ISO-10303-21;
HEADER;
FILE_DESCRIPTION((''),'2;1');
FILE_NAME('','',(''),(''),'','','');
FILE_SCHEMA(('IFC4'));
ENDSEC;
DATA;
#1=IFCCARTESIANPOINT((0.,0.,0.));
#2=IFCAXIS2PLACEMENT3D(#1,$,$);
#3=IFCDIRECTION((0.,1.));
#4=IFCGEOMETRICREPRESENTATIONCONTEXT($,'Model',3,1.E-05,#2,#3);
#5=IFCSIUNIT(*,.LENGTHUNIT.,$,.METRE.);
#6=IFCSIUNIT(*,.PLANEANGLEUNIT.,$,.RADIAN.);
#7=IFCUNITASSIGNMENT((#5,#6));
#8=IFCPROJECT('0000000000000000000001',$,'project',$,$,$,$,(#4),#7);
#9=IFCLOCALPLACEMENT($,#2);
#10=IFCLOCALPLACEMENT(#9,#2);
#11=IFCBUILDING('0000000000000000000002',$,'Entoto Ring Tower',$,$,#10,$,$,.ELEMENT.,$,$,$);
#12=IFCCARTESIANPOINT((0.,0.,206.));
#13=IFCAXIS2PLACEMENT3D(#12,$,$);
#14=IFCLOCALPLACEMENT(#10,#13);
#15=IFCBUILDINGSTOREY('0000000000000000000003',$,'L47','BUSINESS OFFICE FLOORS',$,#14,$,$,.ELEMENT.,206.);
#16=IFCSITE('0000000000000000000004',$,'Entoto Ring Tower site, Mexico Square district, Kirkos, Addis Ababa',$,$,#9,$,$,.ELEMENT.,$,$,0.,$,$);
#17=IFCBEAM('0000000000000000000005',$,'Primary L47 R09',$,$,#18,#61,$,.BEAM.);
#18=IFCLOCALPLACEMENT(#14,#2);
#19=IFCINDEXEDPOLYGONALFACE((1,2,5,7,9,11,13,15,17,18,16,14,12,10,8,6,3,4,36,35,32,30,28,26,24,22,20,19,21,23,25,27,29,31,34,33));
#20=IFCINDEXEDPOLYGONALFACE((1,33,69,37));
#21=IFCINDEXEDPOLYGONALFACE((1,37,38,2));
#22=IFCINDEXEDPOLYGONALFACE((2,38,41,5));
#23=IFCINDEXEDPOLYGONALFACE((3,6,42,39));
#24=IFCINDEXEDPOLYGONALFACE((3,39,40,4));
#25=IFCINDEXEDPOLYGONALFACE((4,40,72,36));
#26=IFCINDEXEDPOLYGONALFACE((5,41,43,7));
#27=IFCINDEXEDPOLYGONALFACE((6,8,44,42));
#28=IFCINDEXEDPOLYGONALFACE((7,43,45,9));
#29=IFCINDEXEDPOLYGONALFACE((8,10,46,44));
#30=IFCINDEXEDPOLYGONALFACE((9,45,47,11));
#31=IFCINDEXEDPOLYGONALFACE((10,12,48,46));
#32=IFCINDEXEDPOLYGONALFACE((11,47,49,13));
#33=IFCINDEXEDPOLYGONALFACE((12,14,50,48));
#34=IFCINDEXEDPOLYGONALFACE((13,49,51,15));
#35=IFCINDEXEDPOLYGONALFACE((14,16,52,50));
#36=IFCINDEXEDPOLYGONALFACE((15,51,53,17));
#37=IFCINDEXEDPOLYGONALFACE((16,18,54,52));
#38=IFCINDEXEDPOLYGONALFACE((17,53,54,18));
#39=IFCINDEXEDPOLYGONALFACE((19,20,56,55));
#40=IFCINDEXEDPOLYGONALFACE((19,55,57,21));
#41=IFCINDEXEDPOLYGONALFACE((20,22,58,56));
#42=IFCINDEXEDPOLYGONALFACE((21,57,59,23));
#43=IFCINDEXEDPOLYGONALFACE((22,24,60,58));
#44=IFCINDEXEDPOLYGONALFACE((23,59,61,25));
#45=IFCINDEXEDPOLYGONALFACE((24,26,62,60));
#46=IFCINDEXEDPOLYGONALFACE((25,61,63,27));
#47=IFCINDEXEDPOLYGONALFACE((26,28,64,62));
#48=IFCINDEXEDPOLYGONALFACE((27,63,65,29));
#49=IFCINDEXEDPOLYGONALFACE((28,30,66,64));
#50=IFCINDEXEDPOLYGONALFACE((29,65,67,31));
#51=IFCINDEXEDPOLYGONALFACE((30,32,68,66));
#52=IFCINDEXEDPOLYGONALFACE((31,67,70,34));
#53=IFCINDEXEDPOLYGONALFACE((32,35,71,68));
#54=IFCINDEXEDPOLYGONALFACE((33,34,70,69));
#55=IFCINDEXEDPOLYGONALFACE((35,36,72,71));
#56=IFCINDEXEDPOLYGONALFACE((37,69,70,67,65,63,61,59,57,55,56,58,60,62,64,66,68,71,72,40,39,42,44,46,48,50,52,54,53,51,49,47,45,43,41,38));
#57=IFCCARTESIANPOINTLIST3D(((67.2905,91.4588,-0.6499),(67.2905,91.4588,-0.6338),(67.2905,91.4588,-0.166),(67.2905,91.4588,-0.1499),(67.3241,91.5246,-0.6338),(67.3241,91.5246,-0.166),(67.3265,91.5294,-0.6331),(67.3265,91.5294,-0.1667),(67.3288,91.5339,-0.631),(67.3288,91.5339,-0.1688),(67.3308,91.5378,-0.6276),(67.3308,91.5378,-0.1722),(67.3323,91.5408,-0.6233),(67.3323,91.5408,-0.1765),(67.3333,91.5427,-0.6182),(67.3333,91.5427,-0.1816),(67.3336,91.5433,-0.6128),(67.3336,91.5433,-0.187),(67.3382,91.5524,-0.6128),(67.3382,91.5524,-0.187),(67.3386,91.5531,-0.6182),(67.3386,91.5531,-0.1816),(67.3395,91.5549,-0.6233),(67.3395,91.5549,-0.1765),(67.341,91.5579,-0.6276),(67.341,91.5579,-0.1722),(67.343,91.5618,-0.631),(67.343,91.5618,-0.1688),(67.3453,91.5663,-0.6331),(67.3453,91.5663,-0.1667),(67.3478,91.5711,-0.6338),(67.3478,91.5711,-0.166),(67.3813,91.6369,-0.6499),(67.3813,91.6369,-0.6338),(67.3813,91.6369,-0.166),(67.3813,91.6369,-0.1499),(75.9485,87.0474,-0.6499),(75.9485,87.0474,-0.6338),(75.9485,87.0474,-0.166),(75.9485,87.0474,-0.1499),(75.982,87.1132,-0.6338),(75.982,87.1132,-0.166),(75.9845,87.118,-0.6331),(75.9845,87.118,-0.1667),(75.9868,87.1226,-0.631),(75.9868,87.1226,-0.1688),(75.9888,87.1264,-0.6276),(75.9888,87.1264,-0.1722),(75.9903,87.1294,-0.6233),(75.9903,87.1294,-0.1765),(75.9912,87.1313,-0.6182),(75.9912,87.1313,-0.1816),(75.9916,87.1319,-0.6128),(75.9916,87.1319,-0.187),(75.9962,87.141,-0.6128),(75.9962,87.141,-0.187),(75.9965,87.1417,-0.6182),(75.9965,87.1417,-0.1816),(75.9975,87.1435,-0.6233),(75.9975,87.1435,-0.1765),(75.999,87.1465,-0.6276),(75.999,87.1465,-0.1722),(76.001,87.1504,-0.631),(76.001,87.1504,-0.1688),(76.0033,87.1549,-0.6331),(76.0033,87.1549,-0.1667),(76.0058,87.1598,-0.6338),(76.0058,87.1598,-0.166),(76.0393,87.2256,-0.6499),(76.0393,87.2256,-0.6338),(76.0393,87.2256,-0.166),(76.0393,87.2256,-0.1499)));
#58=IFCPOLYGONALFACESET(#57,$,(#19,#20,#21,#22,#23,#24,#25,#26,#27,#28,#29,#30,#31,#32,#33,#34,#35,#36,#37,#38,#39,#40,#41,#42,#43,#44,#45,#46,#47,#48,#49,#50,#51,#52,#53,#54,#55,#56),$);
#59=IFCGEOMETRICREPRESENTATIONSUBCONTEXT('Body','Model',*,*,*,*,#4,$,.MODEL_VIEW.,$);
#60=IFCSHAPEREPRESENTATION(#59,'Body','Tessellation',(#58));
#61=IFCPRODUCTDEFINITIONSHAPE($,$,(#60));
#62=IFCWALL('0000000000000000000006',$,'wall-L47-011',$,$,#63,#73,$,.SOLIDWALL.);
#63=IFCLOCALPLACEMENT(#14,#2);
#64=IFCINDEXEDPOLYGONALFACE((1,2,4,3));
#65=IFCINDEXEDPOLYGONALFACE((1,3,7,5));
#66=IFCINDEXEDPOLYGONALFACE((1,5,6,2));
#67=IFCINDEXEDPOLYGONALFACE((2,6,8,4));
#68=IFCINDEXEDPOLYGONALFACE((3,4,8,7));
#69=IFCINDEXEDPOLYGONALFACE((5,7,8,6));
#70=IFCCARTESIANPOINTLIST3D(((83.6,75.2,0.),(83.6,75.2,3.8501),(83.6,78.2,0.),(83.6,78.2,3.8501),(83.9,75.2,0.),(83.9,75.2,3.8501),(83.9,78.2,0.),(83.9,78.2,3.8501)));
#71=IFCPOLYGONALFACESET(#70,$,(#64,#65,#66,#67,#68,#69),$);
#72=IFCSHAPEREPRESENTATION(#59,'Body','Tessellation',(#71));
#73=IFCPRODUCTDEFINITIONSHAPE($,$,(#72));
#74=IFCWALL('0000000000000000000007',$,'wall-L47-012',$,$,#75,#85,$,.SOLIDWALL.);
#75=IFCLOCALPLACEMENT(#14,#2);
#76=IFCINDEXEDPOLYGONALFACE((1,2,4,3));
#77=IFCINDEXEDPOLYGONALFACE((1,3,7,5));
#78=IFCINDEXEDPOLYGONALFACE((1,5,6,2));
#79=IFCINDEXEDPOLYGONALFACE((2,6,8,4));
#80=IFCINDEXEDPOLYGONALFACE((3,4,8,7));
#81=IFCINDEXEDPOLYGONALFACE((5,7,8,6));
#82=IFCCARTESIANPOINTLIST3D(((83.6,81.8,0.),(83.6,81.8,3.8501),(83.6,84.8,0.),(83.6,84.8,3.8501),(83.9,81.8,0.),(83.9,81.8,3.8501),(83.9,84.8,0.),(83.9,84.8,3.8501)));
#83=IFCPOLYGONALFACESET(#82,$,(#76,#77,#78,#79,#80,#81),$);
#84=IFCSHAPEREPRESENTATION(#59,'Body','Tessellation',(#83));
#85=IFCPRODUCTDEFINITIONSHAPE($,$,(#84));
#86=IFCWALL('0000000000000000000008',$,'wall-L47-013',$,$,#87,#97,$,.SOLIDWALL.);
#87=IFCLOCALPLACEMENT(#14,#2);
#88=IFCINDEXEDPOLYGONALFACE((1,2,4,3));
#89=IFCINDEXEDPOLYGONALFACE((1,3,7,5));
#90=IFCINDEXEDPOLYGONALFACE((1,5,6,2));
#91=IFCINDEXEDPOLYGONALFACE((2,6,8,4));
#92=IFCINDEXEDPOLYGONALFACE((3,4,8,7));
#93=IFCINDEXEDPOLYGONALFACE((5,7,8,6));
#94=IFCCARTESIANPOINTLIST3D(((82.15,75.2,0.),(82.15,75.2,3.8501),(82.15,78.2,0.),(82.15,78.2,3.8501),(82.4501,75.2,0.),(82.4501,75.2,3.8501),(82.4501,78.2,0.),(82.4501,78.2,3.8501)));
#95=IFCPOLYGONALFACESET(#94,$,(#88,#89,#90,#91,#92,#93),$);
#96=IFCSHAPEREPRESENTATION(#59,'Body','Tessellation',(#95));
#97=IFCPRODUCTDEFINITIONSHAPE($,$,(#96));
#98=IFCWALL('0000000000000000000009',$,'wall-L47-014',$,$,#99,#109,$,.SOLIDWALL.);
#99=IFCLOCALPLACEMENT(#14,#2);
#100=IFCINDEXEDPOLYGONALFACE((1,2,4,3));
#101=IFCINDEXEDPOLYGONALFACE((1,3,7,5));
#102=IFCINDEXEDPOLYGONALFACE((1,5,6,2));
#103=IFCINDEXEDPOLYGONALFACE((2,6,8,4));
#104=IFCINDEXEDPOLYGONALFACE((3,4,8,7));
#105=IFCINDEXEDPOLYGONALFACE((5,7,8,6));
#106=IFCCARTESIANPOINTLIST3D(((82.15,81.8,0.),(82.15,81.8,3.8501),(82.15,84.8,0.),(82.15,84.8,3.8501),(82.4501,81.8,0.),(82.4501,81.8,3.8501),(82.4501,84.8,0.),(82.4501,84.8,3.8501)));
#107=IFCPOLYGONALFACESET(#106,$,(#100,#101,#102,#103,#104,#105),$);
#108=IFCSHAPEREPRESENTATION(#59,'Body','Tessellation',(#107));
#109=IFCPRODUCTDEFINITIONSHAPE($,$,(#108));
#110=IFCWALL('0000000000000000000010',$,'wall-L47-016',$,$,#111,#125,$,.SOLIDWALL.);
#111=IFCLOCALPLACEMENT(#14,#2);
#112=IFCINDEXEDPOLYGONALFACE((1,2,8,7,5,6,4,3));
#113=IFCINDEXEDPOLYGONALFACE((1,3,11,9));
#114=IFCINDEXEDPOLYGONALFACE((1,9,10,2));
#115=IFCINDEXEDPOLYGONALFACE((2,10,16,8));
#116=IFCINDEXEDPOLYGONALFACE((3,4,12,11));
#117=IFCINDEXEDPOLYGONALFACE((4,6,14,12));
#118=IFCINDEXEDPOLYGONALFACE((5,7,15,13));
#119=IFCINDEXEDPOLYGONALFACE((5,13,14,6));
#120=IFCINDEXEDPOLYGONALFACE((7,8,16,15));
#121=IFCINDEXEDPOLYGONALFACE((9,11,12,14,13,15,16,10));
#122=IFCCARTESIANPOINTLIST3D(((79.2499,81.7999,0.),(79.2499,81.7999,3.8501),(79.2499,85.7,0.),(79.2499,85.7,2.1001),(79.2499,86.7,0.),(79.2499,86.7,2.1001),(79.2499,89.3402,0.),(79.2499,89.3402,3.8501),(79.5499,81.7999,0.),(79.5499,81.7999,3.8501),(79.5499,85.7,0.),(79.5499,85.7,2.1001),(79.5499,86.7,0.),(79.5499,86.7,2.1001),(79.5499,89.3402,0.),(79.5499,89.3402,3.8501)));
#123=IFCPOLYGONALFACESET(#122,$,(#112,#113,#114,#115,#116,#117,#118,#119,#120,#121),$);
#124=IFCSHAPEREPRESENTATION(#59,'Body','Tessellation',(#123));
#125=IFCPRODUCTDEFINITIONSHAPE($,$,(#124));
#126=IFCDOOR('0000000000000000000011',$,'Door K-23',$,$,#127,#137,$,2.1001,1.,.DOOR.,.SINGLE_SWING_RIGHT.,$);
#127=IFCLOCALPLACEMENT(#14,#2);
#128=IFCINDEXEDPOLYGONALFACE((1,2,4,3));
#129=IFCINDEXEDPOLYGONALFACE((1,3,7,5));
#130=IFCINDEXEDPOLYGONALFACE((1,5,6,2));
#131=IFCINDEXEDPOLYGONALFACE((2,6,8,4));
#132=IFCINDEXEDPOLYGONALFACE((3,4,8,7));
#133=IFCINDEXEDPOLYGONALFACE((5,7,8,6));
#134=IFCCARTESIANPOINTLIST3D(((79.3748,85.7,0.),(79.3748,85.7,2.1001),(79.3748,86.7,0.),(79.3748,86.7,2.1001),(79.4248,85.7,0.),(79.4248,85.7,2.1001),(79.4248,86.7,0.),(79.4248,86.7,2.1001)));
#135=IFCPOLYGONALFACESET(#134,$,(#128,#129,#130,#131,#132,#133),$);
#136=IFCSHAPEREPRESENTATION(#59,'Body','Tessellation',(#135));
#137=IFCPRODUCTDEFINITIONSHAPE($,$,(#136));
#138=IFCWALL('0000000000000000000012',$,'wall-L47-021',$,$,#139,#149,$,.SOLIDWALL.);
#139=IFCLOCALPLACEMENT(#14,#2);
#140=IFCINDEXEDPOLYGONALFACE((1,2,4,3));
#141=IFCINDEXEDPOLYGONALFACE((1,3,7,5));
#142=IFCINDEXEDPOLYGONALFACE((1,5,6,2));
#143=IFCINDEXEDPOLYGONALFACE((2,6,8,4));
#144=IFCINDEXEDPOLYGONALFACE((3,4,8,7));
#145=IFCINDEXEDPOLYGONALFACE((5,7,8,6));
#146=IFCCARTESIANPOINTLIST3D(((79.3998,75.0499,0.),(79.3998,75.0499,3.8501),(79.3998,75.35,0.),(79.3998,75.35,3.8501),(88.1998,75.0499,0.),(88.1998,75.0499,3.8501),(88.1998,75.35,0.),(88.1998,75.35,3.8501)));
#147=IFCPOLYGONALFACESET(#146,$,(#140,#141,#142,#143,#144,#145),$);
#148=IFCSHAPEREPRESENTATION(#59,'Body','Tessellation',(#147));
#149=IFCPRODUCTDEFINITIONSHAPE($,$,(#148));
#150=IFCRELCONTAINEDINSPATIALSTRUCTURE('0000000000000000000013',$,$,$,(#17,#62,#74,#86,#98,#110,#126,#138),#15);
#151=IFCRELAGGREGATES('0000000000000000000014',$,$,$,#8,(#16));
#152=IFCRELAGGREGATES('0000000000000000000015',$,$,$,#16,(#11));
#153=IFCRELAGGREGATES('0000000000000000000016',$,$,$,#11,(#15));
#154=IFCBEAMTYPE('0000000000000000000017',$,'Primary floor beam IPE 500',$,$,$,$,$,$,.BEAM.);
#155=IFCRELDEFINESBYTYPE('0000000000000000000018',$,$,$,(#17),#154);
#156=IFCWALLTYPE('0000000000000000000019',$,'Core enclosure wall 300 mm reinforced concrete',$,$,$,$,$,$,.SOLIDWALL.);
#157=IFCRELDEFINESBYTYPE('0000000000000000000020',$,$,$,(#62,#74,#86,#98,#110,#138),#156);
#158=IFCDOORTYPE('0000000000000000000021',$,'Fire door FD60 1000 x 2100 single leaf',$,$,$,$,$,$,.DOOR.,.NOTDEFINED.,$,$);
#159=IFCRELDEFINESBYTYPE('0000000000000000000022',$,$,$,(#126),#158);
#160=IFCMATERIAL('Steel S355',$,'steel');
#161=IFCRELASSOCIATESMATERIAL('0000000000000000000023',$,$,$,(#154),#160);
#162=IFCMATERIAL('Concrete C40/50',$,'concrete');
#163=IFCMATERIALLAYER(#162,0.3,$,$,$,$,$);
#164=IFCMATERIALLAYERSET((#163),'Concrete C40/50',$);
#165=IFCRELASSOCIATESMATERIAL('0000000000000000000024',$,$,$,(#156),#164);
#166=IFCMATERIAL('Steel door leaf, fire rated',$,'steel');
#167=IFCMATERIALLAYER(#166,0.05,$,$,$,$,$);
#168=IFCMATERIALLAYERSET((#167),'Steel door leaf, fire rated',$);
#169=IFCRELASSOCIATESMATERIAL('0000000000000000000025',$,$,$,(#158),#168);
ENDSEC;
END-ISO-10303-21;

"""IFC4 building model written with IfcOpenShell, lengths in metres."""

from ifc_helpers import new_model, si_unit, direction, frame, frame_2d, origin, origin_2d, place, context, subcontext, project, spatial, rectangle, i_section, extrude, material, layer, layer_set, material_profile, profile_set, type_object, element, fill, save


model = new_model("IFC4")

# Units and contexts
model_context = context("Model", 3, precision=1e-05, world=origin(), true_north=direction((0.0, 1.0)))
body_context = subcontext(model_context, "Body", "Model", "MODEL_VIEW")
ifc_project = project(units=[si_unit("LENGTHUNIT", "METRE"), si_unit("PLANEANGLEUNIT", "RADIAN")], contexts=[model_context])

# Site, building, storey
site_placement = place(None, origin())
site = spatial("IfcSite", under=ifc_project, at=site_placement, Name="Entoto Ring Tower site, Mexico Square district, Kirkos, Addis Ababa", CompositionType="ELEMENT", RefElevation=0.0)
building_placement = place(site_placement, origin())
building = spatial("IfcBuilding", under=site, at=building_placement, Name="Entoto Ring Tower", CompositionType="ELEMENT")
storey_placement = place(building_placement, frame((0.0, 0.0, 206.0)))
storey = spatial("IfcBuildingStorey", under=building, at=storey_placement, Name="L47", Description="BUSINESS OFFICE FLOORS", CompositionType="ELEMENT", Elevation=206.0)

# Beam
ifc_material_1 = material(Name="Steel S355", Category="steel")
ifc_material_profile = material_profile(ifc_material_1, i_section(OverallWidth=0.2, OverallDepth=0.5, WebThickness=0.0103, FlangeThickness=0.0161, FilletRadius=0.021, at=origin_2d()), Name="IPE 500")
ifc_profile_set = profile_set([ifc_material_profile], Name="Steel S355")
beam_type = type_object("IfcBeamType", Name="Primary floor beam IPE 500", PredefinedType="BEAM", material=ifc_profile_set)
beam_placement = place(storey_placement, frame((75.9939, 87.1365, -0.3999), z_axis=(-0.89101, 0.453984, 0.0), x_axis=(-0.453984, -0.89101, 0.0)))
element("IfcBeam", 1, at=beam_placement, inside=storey, type_object=beam_type, Name="Primary L47 R09", PredefinedType="BEAM", context=body_context, shape_type="SweptSolid", body=[
    extrude(i_section(OverallWidth=0.2, OverallDepth=0.5, WebThickness=0.0103, FlangeThickness=0.0161, FilletRadius=0.021, at=origin_2d()), origin(), (0.0, 0.0, 1.0), 9.717),
])

# Walls
ifc_material_2 = material(Name="Concrete C40/50", Category="concrete")
ifc_layer_1 = layer(ifc_material_2, 0.3)
ifc_layer_set_1 = layer_set([ifc_layer_1], Name="Concrete C40/50")
wall_type_1 = type_object("IfcWallType", Name="Core enclosure wall 300 mm reinforced concrete", PredefinedType="SOLIDWALL", material=ifc_layer_set_1)
for number, where, z_axis, x_axis, name in (
    (2, (83.75, 75.2, 0.0), (0.0, 0.0, 1.0), (0.0, 1.0, 0.0), "wall-L47-011"),
    (3, (83.75, 81.8, 0.0), (0.0, 0.0, 1.0), (0.0, 1.0, 0.0), "wall-L47-012"),
    (4, (82.3, 75.2, 0.0), (0.0, 0.0, 1.0), (0.0, 1.0, 0.0), "wall-L47-013"),
    (5, (82.3, 81.8, 0.0), (0.0, 0.0, 1.0), (0.0, 1.0, 0.0), "wall-L47-014"),
):
    element("IfcWall", number, at=place(storey_placement, frame(where, z_axis=z_axis, x_axis=x_axis)), inside=storey, type_object=wall_type_1, Name=name, PredefinedType="SOLIDWALL", context=body_context, shape_type="SweptSolid", body=[
        extrude(rectangle(XDim=3.0, YDim=0.3, at=frame_2d((1.5, 0.0))), origin(), (0.0, 0.0, 1.0), 3.8501),
    ])

# Wall, opening, door
wall_1_placement = place(storey_placement, frame((79.3999, 81.8, 0.0), z_axis=(0.0, 0.0, 1.0), x_axis=(0.0, 1.0, 0.0)))
wall_1 = element("IfcWall", 6, at=wall_1_placement, inside=storey, type_object=wall_type_1, Name="wall-L47-016", PredefinedType="SOLIDWALL", context=body_context, shape_type="SweptSolid", body=[
    extrude(rectangle(XDim=7.5403, YDim=0.3, at=frame_2d((3.77, 0.0))), origin(), (0.0, 0.0, 1.0), 3.8501),
])
opening_1_placement = place(wall_1_placement, frame((3.8999, 0.0, 0.0)))
opening_1 = element("IfcOpeningElement", 7, at=opening_1_placement, cuts=wall_1, PredefinedType="OPENING", context=body_context, shape_type="SweptSolid", body=[
    extrude(rectangle(XDim=1.0, YDim=2.1001, at=frame_2d((0.5, 1.05))), frame((0.0, 0.1602, 0.0), z_axis=(0.0, -1.0, 0.0), x_axis=(1.0, 0.0, 0.0)), (0.0, 0.0, 1.0), 0.3201),
])
ifc_material_3 = material(Name="Steel door leaf, fire rated", Category="steel")
ifc_layer_2 = layer(ifc_material_3, 0.05)
ifc_layer_set_2 = layer_set([ifc_layer_2], Name="Steel door leaf, fire rated")
door_type_1 = type_object("IfcDoorType", Name="Fire door FD60 1000 x 2100 single leaf", OperationType="NOTDEFINED", PredefinedType="DOOR", material=ifc_layer_set_2)
door_1_placement = place(opening_1_placement, frame((1.0, 0.0, 0.0), z_axis=(0.0, 0.0, 1.0), x_axis=(-1.0, 0.0, 0.0)))
door_1 = element("IfcDoor", 8, at=door_1_placement, inside=storey, type_object=door_type_1, Name="Door K-23", OperationType="SINGLE_SWING_RIGHT", OverallHeight=2.1001, OverallWidth=1.0, PredefinedType="DOOR", context=body_context, shape_type="SweptSolid", body=[
    extrude(rectangle(XDim=1.0, YDim=2.1001, at=frame_2d((0.5, 1.05))), frame((0.0, 0.0249, 0.0), z_axis=(0.0, -1.0, 0.0), x_axis=(1.0, 0.0, 0.0)), (0.0, 0.0, 1.0), 0.05),
])
fill(opening_1, door_1)

# Wall
wall_2_placement = place(storey_placement, frame((79.3999, 75.2, 0.0), z_axis=(0.0, 0.0, 1.0), x_axis=(1.0, 0.0, 0.0)))
element("IfcWall", 9, at=wall_2_placement, inside=storey, type_object=wall_type_1, Name="wall-L47-021", PredefinedType="SOLIDWALL", context=body_context, shape_type="SweptSolid", body=[
    extrude(rectangle(XDim=8.8, YDim=0.3, at=frame_2d((4.3999, 0.0))), origin(), (0.0, 0.0, 1.0), 3.8501),
])

save(model, "model.ifc")
